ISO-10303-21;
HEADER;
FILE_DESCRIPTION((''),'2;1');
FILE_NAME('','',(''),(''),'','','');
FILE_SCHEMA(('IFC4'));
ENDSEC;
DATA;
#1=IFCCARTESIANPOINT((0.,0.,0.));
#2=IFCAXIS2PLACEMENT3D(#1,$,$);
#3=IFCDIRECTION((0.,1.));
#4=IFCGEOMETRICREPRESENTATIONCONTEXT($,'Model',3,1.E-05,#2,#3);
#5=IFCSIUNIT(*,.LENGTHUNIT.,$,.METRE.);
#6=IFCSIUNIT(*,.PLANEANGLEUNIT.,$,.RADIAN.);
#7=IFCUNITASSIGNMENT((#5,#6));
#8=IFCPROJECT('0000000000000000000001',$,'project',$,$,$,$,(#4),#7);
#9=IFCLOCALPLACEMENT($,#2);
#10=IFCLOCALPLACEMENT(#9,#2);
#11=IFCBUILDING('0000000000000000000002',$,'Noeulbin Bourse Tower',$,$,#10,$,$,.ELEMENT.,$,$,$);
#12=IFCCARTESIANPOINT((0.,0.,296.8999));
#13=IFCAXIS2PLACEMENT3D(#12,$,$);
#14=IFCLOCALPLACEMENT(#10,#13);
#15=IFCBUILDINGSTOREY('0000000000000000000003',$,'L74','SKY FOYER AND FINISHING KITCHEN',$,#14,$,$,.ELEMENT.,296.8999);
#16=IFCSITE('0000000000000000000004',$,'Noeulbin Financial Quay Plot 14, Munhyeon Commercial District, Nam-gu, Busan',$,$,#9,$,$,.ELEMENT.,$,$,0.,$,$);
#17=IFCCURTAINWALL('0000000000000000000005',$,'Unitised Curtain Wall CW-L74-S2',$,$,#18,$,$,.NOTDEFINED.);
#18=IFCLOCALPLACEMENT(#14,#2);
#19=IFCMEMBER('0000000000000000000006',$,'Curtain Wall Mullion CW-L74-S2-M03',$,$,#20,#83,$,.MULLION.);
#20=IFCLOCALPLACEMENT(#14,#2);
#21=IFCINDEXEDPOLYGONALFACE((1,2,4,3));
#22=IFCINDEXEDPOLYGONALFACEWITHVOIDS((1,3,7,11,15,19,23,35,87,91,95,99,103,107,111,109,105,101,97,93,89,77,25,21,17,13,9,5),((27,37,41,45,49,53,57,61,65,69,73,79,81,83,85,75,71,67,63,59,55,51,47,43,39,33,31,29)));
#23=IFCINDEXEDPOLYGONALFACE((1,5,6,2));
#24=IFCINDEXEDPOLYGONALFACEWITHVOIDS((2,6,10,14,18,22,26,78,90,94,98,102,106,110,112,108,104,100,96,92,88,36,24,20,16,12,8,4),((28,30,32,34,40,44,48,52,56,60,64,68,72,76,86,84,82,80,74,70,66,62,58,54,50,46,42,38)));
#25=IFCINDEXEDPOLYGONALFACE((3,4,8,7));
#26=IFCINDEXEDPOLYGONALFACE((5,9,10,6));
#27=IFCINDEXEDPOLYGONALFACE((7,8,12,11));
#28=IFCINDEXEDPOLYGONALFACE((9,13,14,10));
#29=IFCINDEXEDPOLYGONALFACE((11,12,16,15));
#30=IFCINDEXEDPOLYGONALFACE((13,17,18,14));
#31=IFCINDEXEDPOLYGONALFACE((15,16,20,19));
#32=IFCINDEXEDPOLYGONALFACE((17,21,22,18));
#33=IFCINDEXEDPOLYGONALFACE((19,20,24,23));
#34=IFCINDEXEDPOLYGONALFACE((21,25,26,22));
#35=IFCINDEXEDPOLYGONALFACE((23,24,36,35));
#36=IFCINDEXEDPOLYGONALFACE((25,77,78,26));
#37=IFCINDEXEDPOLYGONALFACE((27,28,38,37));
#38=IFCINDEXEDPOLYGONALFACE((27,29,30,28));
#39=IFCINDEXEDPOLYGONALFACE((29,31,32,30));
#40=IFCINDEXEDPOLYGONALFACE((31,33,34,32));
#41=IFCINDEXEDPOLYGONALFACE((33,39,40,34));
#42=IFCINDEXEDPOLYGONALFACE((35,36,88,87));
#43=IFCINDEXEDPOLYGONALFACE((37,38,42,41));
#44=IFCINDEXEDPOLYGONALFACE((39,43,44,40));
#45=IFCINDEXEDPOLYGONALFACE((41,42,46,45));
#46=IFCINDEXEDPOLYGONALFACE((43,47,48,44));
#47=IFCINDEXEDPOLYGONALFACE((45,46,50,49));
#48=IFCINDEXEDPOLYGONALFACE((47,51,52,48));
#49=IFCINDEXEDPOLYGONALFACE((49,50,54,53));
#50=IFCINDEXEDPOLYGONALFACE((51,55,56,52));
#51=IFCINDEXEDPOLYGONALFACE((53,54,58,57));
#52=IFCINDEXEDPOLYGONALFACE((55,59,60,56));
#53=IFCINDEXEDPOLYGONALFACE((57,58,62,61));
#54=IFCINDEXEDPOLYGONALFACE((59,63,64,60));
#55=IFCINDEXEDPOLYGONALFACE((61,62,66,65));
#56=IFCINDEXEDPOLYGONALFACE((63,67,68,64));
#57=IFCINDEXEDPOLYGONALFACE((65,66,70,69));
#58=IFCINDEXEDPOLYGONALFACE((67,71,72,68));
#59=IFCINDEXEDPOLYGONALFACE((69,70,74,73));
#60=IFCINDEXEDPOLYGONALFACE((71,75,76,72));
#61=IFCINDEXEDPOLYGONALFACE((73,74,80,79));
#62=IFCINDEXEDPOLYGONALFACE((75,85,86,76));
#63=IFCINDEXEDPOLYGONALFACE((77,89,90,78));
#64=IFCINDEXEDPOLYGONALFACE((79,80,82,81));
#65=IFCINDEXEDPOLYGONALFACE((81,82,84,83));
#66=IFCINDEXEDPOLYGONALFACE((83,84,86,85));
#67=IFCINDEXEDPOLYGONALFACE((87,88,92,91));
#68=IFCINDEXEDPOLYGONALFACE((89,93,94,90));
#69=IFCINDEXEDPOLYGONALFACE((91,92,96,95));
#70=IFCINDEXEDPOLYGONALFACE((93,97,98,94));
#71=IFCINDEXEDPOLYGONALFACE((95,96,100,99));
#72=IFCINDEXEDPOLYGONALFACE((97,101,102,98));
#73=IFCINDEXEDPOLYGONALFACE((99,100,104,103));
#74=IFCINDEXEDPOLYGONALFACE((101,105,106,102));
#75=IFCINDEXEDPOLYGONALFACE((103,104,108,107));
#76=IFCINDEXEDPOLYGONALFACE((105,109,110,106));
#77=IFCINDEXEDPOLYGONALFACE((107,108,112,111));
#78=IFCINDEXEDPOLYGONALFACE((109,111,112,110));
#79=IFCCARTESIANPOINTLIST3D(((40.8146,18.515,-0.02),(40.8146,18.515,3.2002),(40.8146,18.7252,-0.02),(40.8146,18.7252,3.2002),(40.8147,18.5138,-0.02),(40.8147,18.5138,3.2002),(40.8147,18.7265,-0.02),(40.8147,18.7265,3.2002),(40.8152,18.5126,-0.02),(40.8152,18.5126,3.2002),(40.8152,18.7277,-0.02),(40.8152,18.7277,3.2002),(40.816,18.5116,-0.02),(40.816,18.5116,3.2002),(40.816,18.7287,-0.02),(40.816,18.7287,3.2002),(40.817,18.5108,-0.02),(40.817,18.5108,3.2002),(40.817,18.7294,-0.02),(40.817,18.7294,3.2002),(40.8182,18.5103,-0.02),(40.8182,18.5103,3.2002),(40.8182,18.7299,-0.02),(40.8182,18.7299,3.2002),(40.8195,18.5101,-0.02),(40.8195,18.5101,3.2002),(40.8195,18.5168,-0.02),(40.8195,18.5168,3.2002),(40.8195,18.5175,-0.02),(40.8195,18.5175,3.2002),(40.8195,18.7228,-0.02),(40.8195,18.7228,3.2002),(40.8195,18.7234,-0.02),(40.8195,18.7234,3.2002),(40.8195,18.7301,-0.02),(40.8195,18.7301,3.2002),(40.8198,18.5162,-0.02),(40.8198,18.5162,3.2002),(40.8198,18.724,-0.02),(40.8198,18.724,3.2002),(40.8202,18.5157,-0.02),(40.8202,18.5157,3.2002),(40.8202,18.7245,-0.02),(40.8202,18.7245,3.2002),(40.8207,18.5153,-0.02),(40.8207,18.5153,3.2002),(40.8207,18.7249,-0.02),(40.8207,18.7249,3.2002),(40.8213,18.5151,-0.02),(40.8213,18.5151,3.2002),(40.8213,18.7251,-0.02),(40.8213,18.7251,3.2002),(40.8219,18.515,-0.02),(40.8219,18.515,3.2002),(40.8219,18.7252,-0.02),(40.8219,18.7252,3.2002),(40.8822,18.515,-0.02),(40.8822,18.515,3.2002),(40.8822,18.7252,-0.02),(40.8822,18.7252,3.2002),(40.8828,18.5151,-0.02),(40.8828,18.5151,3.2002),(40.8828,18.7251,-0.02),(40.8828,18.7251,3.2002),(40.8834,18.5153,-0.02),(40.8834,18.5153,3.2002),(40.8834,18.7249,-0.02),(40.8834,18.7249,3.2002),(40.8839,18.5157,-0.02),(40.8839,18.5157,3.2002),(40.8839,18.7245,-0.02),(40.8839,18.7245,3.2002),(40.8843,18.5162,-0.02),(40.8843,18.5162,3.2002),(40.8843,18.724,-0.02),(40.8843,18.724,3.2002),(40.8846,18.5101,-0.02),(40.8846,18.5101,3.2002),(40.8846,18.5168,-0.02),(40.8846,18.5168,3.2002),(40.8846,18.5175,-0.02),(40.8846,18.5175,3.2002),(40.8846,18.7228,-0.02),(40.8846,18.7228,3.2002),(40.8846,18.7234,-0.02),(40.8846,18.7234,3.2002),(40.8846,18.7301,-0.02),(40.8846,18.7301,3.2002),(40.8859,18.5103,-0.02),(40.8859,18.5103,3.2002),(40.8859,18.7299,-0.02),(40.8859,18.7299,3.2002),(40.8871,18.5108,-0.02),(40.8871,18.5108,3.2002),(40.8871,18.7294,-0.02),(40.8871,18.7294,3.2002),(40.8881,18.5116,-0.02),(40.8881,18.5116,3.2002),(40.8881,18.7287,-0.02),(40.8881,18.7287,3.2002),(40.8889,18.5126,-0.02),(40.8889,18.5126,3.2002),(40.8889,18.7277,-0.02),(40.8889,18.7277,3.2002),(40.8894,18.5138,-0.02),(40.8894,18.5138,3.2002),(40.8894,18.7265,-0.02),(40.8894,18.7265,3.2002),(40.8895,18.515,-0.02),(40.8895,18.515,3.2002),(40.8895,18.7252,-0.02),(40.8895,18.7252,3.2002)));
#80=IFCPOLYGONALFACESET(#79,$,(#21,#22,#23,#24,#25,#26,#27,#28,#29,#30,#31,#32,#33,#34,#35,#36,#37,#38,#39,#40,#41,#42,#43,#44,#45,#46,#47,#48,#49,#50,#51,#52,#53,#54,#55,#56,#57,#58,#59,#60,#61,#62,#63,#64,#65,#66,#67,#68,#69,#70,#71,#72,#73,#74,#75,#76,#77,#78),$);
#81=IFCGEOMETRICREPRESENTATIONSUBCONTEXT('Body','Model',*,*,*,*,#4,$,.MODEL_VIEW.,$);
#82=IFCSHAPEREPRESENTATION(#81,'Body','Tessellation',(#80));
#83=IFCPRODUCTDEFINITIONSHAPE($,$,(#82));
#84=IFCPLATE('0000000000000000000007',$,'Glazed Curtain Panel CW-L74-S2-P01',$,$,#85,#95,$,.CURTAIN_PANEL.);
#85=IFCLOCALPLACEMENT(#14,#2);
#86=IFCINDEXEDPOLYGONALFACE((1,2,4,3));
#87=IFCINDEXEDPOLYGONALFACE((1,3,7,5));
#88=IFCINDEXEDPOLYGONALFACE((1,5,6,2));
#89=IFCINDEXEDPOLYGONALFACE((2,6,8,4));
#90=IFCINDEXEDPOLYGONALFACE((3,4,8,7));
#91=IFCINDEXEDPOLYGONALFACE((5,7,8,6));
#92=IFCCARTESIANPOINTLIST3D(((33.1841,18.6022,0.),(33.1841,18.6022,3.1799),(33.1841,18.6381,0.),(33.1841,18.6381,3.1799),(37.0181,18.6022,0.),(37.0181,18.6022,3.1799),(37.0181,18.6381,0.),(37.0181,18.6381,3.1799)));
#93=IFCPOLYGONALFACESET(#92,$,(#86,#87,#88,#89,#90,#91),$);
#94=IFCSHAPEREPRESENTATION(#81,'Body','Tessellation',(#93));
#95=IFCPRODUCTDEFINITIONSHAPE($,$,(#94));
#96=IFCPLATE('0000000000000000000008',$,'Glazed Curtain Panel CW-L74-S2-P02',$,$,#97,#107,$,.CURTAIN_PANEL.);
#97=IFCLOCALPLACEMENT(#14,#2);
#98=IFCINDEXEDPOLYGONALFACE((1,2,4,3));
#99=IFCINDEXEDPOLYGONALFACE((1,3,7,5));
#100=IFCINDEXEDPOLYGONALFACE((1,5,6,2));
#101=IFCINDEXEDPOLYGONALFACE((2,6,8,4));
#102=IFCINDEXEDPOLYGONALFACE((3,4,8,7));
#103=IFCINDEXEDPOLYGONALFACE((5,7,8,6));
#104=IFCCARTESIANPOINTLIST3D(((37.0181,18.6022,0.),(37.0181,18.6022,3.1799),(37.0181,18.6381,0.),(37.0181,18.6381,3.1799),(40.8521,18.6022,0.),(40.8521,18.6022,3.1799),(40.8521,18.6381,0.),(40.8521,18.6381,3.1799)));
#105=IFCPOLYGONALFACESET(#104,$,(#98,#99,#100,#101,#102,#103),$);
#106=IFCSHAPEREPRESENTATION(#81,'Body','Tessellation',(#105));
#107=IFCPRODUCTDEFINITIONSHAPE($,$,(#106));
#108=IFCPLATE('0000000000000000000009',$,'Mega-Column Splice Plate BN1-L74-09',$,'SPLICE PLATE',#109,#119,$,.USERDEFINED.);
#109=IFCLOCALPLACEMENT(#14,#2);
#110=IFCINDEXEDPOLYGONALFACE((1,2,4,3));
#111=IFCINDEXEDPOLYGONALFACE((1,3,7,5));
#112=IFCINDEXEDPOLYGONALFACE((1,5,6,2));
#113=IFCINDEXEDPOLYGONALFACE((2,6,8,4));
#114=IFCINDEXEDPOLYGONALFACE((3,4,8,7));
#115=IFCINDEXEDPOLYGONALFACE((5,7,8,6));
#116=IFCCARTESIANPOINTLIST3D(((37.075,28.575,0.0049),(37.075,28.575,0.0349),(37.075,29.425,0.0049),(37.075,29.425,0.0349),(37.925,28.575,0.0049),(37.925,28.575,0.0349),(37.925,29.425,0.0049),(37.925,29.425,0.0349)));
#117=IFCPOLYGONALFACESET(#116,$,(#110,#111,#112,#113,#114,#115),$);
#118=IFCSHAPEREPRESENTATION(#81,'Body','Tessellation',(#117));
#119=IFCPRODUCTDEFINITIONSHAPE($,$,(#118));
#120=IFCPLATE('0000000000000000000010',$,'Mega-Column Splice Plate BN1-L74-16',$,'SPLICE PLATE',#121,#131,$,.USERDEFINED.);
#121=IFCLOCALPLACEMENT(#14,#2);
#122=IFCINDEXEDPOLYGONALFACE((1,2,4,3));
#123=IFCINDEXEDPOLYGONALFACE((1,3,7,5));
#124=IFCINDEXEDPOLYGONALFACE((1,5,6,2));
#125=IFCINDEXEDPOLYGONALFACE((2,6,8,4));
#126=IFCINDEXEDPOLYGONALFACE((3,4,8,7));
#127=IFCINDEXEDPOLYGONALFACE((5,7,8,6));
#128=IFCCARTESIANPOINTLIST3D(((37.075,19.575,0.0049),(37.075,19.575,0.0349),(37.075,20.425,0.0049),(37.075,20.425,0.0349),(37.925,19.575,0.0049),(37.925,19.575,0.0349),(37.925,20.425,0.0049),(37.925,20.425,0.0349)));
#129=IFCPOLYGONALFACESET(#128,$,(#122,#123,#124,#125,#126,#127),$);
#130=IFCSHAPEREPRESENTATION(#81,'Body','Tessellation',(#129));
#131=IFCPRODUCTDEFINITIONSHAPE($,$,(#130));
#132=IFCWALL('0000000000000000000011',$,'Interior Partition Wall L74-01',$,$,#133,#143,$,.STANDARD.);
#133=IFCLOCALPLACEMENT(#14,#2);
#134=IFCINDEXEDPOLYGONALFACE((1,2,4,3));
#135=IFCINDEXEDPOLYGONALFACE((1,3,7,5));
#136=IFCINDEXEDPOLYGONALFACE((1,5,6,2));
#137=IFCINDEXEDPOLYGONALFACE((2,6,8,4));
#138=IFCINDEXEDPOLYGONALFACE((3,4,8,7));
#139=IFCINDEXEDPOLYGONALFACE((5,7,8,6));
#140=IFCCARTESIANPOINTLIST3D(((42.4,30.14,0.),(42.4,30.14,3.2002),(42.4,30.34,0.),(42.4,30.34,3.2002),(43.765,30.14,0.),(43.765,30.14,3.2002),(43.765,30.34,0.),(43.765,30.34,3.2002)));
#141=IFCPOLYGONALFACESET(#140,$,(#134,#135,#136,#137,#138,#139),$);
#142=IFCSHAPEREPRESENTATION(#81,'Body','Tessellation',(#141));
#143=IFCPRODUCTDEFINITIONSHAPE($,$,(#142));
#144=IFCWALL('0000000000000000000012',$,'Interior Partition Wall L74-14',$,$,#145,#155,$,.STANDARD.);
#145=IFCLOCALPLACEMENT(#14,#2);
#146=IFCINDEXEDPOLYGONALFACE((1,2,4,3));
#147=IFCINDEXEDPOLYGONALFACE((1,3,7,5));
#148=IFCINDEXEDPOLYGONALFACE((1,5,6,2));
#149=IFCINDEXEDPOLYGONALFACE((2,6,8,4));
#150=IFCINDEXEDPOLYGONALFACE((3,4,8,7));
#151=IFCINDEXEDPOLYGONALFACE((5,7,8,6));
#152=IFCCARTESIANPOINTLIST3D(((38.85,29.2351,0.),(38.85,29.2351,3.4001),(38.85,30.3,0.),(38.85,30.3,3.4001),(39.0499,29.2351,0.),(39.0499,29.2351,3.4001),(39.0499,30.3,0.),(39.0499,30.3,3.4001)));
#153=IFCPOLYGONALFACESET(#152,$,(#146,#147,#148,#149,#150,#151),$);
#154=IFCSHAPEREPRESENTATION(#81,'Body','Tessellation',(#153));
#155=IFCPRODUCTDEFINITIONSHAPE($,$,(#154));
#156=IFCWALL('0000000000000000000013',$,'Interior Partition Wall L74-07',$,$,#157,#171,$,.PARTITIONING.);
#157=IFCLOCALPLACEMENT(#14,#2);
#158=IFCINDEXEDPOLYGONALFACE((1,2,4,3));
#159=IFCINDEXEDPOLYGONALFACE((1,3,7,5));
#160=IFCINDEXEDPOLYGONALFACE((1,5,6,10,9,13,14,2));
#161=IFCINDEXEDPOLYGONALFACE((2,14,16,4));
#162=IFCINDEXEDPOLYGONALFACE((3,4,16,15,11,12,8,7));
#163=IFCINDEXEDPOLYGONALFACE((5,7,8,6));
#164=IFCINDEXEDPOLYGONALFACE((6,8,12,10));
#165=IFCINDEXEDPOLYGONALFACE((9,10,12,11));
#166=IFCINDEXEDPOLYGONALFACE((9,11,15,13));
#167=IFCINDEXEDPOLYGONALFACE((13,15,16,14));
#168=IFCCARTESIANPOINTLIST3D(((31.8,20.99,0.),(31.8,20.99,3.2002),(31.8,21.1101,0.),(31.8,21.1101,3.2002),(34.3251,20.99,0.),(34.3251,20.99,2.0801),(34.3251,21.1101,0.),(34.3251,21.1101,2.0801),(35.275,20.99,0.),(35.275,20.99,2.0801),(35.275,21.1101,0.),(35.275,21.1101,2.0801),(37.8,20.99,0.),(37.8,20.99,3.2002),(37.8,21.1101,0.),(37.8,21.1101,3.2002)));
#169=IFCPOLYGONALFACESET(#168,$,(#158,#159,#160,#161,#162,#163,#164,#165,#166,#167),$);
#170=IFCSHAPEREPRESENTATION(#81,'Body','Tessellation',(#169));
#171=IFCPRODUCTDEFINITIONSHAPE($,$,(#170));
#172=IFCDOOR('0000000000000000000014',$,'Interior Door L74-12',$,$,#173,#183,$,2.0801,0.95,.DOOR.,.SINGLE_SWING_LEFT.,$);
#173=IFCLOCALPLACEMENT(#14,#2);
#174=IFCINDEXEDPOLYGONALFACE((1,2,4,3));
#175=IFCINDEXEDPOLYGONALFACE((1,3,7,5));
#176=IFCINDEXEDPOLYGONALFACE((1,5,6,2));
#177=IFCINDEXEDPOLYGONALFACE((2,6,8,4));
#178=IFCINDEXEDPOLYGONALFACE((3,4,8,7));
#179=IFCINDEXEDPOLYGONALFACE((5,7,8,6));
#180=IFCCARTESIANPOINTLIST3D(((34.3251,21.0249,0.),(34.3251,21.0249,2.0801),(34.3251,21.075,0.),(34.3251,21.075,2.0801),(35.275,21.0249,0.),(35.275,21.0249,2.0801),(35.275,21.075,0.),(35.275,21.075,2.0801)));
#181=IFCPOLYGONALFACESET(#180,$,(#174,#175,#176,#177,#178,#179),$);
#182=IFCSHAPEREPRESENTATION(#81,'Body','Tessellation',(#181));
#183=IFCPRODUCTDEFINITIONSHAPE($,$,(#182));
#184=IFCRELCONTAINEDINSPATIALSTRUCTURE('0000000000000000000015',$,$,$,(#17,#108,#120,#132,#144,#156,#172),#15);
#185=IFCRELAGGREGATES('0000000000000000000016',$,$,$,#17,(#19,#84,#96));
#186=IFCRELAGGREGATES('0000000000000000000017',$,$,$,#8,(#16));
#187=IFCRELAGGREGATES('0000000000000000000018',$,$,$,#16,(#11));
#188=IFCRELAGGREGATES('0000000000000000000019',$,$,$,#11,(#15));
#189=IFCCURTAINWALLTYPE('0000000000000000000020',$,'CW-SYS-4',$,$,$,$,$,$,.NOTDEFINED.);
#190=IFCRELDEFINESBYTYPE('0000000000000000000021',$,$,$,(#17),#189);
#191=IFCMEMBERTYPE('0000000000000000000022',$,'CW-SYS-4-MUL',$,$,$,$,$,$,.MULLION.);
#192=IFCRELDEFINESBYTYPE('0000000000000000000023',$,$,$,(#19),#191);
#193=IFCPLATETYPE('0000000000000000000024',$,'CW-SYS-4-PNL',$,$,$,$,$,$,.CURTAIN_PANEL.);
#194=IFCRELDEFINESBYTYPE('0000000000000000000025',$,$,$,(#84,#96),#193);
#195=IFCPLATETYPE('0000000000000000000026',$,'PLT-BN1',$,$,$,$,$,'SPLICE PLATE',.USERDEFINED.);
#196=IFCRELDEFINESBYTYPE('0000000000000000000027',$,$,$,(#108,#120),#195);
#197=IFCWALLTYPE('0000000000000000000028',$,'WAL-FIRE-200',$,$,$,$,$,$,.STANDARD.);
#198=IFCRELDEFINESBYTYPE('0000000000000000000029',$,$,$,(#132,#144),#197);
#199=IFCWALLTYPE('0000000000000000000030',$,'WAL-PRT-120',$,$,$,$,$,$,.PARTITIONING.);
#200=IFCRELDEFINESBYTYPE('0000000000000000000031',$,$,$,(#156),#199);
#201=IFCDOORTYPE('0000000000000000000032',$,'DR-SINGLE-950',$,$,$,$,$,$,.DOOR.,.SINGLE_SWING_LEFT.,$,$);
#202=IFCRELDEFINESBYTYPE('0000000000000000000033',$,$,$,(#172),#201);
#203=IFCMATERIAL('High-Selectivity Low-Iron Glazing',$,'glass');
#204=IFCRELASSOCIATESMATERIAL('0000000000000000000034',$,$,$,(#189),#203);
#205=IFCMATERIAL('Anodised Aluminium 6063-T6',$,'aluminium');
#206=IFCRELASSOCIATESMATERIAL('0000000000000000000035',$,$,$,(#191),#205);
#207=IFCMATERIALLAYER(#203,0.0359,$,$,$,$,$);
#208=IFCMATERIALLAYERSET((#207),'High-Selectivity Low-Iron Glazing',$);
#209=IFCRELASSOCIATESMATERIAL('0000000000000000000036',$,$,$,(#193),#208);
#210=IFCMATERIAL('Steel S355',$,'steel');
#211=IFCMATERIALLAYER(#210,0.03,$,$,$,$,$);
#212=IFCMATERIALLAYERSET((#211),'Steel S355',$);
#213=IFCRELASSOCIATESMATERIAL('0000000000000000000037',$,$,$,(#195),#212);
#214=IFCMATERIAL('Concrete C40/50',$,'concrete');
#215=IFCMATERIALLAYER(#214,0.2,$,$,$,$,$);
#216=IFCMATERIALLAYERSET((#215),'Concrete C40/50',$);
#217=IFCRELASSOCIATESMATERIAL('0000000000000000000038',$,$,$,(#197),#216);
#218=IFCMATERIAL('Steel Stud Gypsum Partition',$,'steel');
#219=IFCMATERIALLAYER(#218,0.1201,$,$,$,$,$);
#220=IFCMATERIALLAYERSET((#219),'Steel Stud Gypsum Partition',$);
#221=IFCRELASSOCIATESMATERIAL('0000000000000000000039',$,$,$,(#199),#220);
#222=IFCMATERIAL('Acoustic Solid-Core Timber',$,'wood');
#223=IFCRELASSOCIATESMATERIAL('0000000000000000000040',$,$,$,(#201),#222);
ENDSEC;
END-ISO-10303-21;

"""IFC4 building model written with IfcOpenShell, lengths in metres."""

from ifc_helpers import new_model, si_unit, direction, frame, frame_2d, origin, origin_2d, place, context, subcontext, project, spatial, rectangle, hollow_rectangle, extrude, material, layer, layer_set, material_profile, profile_set, type_object, element, fill, aggregate, save


model = new_model("IFC4")

# Units and contexts
model_context = context("Model", 3, precision=1e-05, world=origin(), true_north=direction((0.0, 1.0)))
body_context = subcontext(model_context, "Body", "Model", "MODEL_VIEW")
ifc_project = project(units=[si_unit("LENGTHUNIT", "METRE"), si_unit("PLANEANGLEUNIT", "RADIAN")], contexts=[model_context])

# Site, building, storey
site_placement = place(None, origin())
site = spatial("IfcSite", under=ifc_project, at=site_placement, Name="Noeulbin Financial Quay Plot 14, Munhyeon Commercial District, Nam-gu, Busan", CompositionType="ELEMENT", RefElevation=0.0)
building_placement = place(site_placement, origin())
building = spatial("IfcBuilding", under=site, at=building_placement, Name="Noeulbin Bourse Tower", CompositionType="ELEMENT")
storey_placement = place(building_placement, frame((0.0, 0.0, 296.8999)))
storey = spatial("IfcBuildingStorey", under=building, at=storey_placement, Name="L74", Description="SKY FOYER AND FINISHING KITCHEN", CompositionType="ELEMENT", Elevation=296.8999)

# Shared definitions
ifc_material_1 = material(Name="Steel S355", Category="steel")

# Curtain wall, member, plates
ifc_material_2 = material(Name="High-Selectivity Low-Iron Glazing", Category="glass")
curtain_wall_type = type_object("IfcCurtainWallType", Name="CW-SYS-4", PredefinedType="NOTDEFINED", material=ifc_material_2)
curtain_wall_placement = place(storey_placement, origin())
curtain_wall = element("IfcCurtainWall", 1, at=curtain_wall_placement, inside=storey, type_object=curtain_wall_type, Name="Unitised Curtain Wall CW-L74-S2", PredefinedType="NOTDEFINED")
ifc_material_3 = material(Name="Anodised Aluminium 6063-T6", Category="aluminium")
ifc_material_profile_1 = material_profile(ifc_material_3, hollow_rectangle(XDim=0.075, YDim=0.22, WallThickness=0.0049, InnerFilletRadius=0.0024, OuterFilletRadius=0.0049, at=origin_2d()), Name="ALU-MULL-75x220x5", Category="LoadBearing")
ifc_profile_set_1 = profile_set([ifc_material_profile_1], Name="Anodised Aluminium 6063-T6")
member_type = type_object("IfcMemberType", Name="CW-SYS-4-MUL", PredefinedType="MULLION", material=ifc_profile_set_1)
member_1_placement = place(storey_placement, frame((40.8521, 18.6201, -0.02), z_axis=(0.0, 0.0, 1.0), x_axis=(1.0, 0.0, 0.0)))
member_1 = element("IfcMember", 2, at=member_1_placement, type_object=member_type, Name="Curtain Wall Mullion CW-L74-S2-M03", PredefinedType="MULLION", context=body_context, shape_type="SweptSolid", body=[
    extrude(hollow_rectangle(XDim=0.075, YDim=0.22, WallThickness=0.0049, InnerFilletRadius=0.0024, OuterFilletRadius=0.0049, at=origin_2d()), origin(), (0.0, 0.0, 1.0), 3.2202),
])
ifc_layer_1 = layer(ifc_material_2, 0.0359)
ifc_layer_set_1 = layer_set([ifc_layer_1], Name="High-Selectivity Low-Iron Glazing")
plate_type_1 = type_object("IfcPlateType", Name="CW-SYS-4-PNL", PredefinedType="CURTAIN_PANEL", material=ifc_layer_set_1)
plate_1_placement = place(storey_placement, frame((35.1011, 18.6201, 0.0), z_axis=(0.0, 0.0, 1.0), x_axis=(1.0, 0.0, 0.0)))
plate_1 = element("IfcPlate", 3, at=plate_1_placement, type_object=plate_type_1, Name="Glazed Curtain Panel CW-L74-S2-P01", PredefinedType="CURTAIN_PANEL", context=body_context, shape_type="SweptSolid", body=[
    extrude(rectangle(XDim=3.834, YDim=0.0359, at=origin_2d()), origin(), (0.0, 0.0, 1.0), 3.1799),
])
plate_2_placement = place(storey_placement, frame((38.9351, 18.6201, 0.0), z_axis=(0.0, 0.0, 1.0), x_axis=(1.0, 0.0, 0.0)))
plate_2 = element("IfcPlate", 4, at=plate_2_placement, type_object=plate_type_1, Name="Glazed Curtain Panel CW-L74-S2-P02", PredefinedType="CURTAIN_PANEL", context=body_context, shape_type="SweptSolid", body=[
    extrude(rectangle(XDim=3.834, YDim=0.0359, at=origin_2d()), origin(), (0.0, 0.0, 1.0), 3.1799),
])
aggregate(curtain_wall, [member_1, plate_1, plate_2])

# Plates
ifc_layer_2 = layer(ifc_material_1, 0.03)
ifc_layer_set_2 = layer_set([ifc_layer_2], Name="Steel S355")
plate_type_2 = type_object("IfcPlateType", Name="PLT-BN1", ElementType="SPLICE PLATE", PredefinedType="USERDEFINED", material=ifc_layer_set_2)
for number, where, z_axis, x_axis, name in (
    (5, (37.5, 29.0, 0.0049), (0.0, 0.0, 1.0), (1.0, 0.0, 0.0), "Mega-Column Splice Plate BN1-L74-09"),
    (6, (37.5, 20.0, 0.0049), (0.0, 0.0, 1.0), (1.0, 0.0, 0.0), "Mega-Column Splice Plate BN1-L74-16"),
):
    element("IfcPlate", number, at=place(storey_placement, frame(where, z_axis=z_axis, x_axis=x_axis)), inside=storey, type_object=plate_type_2, Name=name, ObjectType="SPLICE PLATE", PredefinedType="USERDEFINED", context=body_context, shape_type="SweptSolid", body=[
        extrude(rectangle(XDim=0.8501, YDim=0.8501, at=origin_2d()), origin(), (0.0, 0.0, 1.0), 0.03),
    ])

# Walls
ifc_material_4 = material(Name="Concrete C40/50", Category="concrete")
ifc_layer_3 = layer(ifc_material_4, 0.2)
ifc_layer_set_3 = layer_set([ifc_layer_3], Name="Concrete C40/50")
wall_type_1 = type_object("IfcWallType", Name="WAL-FIRE-200", PredefinedType="STANDARD", material=ifc_layer_set_3)
wall_1_placement = place(storey_placement, frame((42.3999, 30.24, 0.0), z_axis=(0.0, 0.0, 1.0), x_axis=(1.0, 0.0, 0.0)))
element("IfcWall", 7, at=wall_1_placement, inside=storey, type_object=wall_type_1, Name="Interior Partition Wall L74-01", PredefinedType="STANDARD", context=body_context, shape_type="SweptSolid", body=[
    extrude(rectangle(XDim=1.365, YDim=0.2, at=frame_2d((0.6826, 0.0))), origin(), (0.0, 0.0, 1.0), 3.2002),
])
wall_2_placement = place(storey_placement, frame((38.95, 29.2351, 0.0), z_axis=(0.0, 0.0, 1.0), x_axis=(0.0, 1.0, 0.0)))
element("IfcWall", 8, at=wall_2_placement, inside=storey, type_object=wall_type_1, Name="Interior Partition Wall L74-14", PredefinedType="STANDARD", context=body_context, shape_type="SweptSolid", body=[
    extrude(rectangle(XDim=1.0649, YDim=0.2, at=frame_2d((0.5325, 0.0))), origin(), (0.0, 0.0, 1.0), 3.4001),
])

# Wall, opening, door
ifc_material_5 = material(Name="Steel Stud Gypsum Partition", Category="steel")
ifc_layer_4 = layer(ifc_material_5, 0.1201)
ifc_layer_set_4 = layer_set([ifc_layer_4], Name="Steel Stud Gypsum Partition")
wall_type_2 = type_object("IfcWallType", Name="WAL-PRT-120", PredefinedType="PARTITIONING", material=ifc_layer_set_4)
wall_3_placement = place(storey_placement, frame((31.8, 21.05, 0.0), z_axis=(0.0, 0.0, 1.0), x_axis=(1.0, 0.0, 0.0)))
wall_3 = element("IfcWall", 9, at=wall_3_placement, inside=storey, type_object=wall_type_2, Name="Interior Partition Wall L74-07", PredefinedType="PARTITIONING", context=body_context, shape_type="SweptSolid", body=[
    extrude(rectangle(XDim=6.0, YDim=0.1201, at=frame_2d((3.0, 0.0))), origin(), (0.0, 0.0, 1.0), 3.2002),
])
opening_1_placement = place(wall_3_placement, frame((2.5249, 0.0, 0.0)))
opening_1 = element("IfcOpeningElement", 10, at=opening_1_placement, cuts=wall_3, PredefinedType="OPENING", context=body_context, shape_type="SweptSolid", body=[
    extrude(rectangle(XDim=0.95, YDim=2.0801, at=frame_2d((0.4751, 1.04))), frame((0.0, 0.0701, 0.0), z_axis=(0.0, -1.0, 0.0), x_axis=(1.0, 0.0, 0.0)), (0.0, 0.0, 1.0), 0.1401),
])
ifc_material_6 = material(Name="Acoustic Solid-Core Timber", Category="wood")
door_type_1 = type_object("IfcDoorType", Name="DR-SINGLE-950", OperationType="SINGLE_SWING_LEFT", PredefinedType="DOOR", material=ifc_material_6)
door_1_placement = place(opening_1_placement, origin())
door_1 = element("IfcDoor", 11, at=door_1_placement, inside=storey, type_object=door_type_1, Name="Interior Door L74-12", OperationType="SINGLE_SWING_LEFT", OverallHeight=2.0801, OverallWidth=0.95, PredefinedType="DOOR", context=body_context, shape_type="SweptSolid", body=[
    extrude(rectangle(XDim=0.95, YDim=2.0801, at=frame_2d((0.4751, 1.04))), frame((0.0, 0.0249, 0.0), z_axis=(0.0, -1.0, 0.0), x_axis=(1.0, 0.0, 0.0)), (0.0, 0.0, 1.0), 0.05),
])
fill(opening_1, door_1)

save(model, "model.ifc")
